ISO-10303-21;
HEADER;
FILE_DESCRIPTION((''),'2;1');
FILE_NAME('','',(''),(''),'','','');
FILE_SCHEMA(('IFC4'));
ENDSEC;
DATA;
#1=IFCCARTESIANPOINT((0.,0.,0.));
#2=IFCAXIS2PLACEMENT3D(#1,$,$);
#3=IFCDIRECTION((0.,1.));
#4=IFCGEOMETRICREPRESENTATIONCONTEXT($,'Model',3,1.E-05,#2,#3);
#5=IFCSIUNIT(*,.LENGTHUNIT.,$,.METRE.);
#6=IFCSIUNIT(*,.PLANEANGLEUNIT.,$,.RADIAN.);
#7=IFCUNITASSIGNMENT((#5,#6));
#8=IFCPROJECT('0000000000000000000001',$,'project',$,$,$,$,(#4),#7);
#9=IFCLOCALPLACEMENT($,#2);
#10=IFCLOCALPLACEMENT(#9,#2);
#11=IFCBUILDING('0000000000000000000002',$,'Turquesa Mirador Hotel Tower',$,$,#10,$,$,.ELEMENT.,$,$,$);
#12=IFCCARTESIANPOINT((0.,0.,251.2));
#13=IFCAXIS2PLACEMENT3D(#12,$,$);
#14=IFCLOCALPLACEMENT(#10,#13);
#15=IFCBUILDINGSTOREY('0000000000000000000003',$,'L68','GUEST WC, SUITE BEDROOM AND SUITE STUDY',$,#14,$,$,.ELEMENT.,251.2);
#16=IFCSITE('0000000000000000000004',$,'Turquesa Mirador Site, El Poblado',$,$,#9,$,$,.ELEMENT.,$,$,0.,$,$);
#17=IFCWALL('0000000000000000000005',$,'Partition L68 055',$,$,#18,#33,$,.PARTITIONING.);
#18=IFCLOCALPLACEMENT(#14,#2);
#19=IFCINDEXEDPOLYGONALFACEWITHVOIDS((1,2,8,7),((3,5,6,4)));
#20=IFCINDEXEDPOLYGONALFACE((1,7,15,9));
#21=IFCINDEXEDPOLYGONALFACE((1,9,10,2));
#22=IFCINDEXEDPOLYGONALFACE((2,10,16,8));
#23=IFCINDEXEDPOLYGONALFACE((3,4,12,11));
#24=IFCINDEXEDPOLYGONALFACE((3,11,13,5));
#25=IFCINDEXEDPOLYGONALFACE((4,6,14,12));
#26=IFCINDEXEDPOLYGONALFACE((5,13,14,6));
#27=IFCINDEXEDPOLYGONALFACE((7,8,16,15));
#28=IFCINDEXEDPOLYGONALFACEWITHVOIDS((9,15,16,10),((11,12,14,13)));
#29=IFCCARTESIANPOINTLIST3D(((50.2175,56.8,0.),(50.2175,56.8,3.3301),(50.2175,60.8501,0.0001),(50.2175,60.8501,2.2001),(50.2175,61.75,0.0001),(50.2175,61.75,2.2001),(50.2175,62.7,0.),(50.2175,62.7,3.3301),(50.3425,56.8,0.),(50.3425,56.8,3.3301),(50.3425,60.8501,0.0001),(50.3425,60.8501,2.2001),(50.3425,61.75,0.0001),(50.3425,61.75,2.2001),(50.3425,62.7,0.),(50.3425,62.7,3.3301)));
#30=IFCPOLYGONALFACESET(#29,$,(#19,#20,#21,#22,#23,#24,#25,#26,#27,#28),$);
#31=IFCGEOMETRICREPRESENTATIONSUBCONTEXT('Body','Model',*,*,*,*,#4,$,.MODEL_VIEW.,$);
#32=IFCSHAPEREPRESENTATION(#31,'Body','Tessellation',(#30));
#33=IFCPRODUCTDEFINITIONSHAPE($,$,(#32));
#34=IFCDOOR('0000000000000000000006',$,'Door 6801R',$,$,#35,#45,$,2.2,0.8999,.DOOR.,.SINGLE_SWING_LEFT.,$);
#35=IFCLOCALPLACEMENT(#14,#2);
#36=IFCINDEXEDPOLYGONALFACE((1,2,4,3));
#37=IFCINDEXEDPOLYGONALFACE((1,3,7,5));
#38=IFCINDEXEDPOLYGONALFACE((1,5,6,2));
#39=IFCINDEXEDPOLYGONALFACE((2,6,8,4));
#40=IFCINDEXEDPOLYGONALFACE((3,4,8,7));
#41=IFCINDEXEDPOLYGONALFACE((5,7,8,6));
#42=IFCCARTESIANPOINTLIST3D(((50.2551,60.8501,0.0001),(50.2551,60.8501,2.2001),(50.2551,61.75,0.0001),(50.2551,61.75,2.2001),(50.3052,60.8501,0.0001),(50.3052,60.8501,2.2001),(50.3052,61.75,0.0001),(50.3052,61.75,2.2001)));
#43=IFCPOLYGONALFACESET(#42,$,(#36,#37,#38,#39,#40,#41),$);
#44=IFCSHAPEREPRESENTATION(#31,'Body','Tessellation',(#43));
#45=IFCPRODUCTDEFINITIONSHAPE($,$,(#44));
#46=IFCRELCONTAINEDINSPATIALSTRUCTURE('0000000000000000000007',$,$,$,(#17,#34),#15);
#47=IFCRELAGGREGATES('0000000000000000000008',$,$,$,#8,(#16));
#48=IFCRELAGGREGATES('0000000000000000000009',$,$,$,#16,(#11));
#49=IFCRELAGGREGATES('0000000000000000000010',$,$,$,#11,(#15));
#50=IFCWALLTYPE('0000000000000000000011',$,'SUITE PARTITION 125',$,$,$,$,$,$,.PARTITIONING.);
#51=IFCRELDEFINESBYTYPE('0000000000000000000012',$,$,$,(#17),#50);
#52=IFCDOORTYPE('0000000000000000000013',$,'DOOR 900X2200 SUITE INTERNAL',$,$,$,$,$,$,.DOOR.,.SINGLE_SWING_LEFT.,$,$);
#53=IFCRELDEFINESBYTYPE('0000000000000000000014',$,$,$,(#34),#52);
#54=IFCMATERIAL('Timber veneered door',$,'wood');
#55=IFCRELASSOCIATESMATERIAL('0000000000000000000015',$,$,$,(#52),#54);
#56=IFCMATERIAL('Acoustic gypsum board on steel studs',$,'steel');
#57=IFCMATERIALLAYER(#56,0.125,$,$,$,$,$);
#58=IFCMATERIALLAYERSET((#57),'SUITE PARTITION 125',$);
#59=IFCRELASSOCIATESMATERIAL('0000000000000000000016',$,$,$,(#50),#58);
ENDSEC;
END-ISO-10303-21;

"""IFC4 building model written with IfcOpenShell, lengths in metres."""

from ifc_helpers import new_model, si_unit, direction, frame, frame_2d, origin, place, context, subcontext, project, spatial, rectangle, extrude, material, layer, layer_set, type_object, element, fill, save


model = new_model("IFC4")

# Units and contexts
model_context = context("Model", 3, precision=1e-05, world=origin(), true_north=direction((0.0, 1.0)))
body_context = subcontext(model_context, "Body", "Model", "MODEL_VIEW")
ifc_project = project(units=[si_unit("LENGTHUNIT", "METRE"), si_unit("PLANEANGLEUNIT", "RADIAN")], contexts=[model_context])

# Site, building, storey
site_placement = place(None, origin())
site = spatial("IfcSite", under=ifc_project, at=site_placement, Name="Turquesa Mirador Site, El Poblado", CompositionType="ELEMENT", RefElevation=0.0)
building_placement = place(site_placement, origin())
building = spatial("IfcBuilding", under=site, at=building_placement, Name="Turquesa Mirador Hotel Tower", CompositionType="ELEMENT")
storey_placement = place(building_placement, frame((0.0, 0.0, 251.2)))
storey = spatial("IfcBuildingStorey", under=building, at=storey_placement, Name="L68", Description="GUEST WC, SUITE BEDROOM AND SUITE STUDY", CompositionType="ELEMENT", Elevation=251.2)

# Shared definitions
ifc_material_1 = material(Name="Timber veneered door", Category="wood")
door_type_1 = type_object("IfcDoorType", Name="DOOR 900X2200 SUITE INTERNAL", OperationType="SINGLE_SWING_LEFT", PredefinedType="DOOR", material=ifc_material_1)

# Wall, opening, door
ifc_material_2 = material(Name="Acoustic gypsum board on steel studs", Category="steel")
ifc_layer_1 = layer(ifc_material_2, 0.125)
ifc_layer_set_1 = layer_set([ifc_layer_1], Name="SUITE PARTITION 125")
wall_type_1 = type_object("IfcWallType", Name="SUITE PARTITION 125", PredefinedType="PARTITIONING", material=ifc_layer_set_1)
wall_1_placement = place(storey_placement, frame((50.28, 56.8, 0.0), z_axis=(0.0, 0.0, 1.0), x_axis=(0.0, 1.0, 0.0)))
wall_1 = element("IfcWall", 1, at=wall_1_placement, inside=storey, type_object=wall_type_1, Name="Partition L68 055", PredefinedType="PARTITIONING", context=body_context, shape_type="SweptSolid", body=[
    extrude(rectangle(XDim=5.8999, YDim=0.125, at=frame_2d((2.95, 0.0))), origin(), (0.0, 0.0, 1.0), 3.3301),
])
opening_1_placement = place(wall_1_placement, frame((4.05, 0.0, 0.0)))
opening_1 = element("IfcOpeningElement", 2, at=opening_1_placement, cuts=wall_1, PredefinedType="OPENING", context=body_context, shape_type="SweptSolid", body=[
    extrude(rectangle(XDim=0.8999, YDim=2.2, at=frame_2d((0.45, 1.1001))), frame((0.0, 0.0725, 0.0), z_axis=(0.0, -1.0, 0.0), x_axis=(1.0, 0.0, 0.0)), (0.0, 0.0, 1.0), 0.145),
])
door_1_placement = place(opening_1_placement, origin())
door_1 = element("IfcDoor", 3, at=door_1_placement, inside=storey, type_object=door_type_1, Name="Door 6801R", OperationType="SINGLE_SWING_LEFT", OverallHeight=2.2, OverallWidth=0.8999, PredefinedType="DOOR", context=body_context, shape_type="SweptSolid", body=[
    extrude(rectangle(XDim=0.8999, YDim=2.2, at=frame_2d((0.45, 1.1001))), frame((0.0, 0.0249, 0.0), z_axis=(0.0, -1.0, 0.0), x_axis=(1.0, 0.0, 0.0)), (0.0, 0.0, 1.0), 0.05),
])
fill(opening_1, door_1)

save(model, "model.ifc")
